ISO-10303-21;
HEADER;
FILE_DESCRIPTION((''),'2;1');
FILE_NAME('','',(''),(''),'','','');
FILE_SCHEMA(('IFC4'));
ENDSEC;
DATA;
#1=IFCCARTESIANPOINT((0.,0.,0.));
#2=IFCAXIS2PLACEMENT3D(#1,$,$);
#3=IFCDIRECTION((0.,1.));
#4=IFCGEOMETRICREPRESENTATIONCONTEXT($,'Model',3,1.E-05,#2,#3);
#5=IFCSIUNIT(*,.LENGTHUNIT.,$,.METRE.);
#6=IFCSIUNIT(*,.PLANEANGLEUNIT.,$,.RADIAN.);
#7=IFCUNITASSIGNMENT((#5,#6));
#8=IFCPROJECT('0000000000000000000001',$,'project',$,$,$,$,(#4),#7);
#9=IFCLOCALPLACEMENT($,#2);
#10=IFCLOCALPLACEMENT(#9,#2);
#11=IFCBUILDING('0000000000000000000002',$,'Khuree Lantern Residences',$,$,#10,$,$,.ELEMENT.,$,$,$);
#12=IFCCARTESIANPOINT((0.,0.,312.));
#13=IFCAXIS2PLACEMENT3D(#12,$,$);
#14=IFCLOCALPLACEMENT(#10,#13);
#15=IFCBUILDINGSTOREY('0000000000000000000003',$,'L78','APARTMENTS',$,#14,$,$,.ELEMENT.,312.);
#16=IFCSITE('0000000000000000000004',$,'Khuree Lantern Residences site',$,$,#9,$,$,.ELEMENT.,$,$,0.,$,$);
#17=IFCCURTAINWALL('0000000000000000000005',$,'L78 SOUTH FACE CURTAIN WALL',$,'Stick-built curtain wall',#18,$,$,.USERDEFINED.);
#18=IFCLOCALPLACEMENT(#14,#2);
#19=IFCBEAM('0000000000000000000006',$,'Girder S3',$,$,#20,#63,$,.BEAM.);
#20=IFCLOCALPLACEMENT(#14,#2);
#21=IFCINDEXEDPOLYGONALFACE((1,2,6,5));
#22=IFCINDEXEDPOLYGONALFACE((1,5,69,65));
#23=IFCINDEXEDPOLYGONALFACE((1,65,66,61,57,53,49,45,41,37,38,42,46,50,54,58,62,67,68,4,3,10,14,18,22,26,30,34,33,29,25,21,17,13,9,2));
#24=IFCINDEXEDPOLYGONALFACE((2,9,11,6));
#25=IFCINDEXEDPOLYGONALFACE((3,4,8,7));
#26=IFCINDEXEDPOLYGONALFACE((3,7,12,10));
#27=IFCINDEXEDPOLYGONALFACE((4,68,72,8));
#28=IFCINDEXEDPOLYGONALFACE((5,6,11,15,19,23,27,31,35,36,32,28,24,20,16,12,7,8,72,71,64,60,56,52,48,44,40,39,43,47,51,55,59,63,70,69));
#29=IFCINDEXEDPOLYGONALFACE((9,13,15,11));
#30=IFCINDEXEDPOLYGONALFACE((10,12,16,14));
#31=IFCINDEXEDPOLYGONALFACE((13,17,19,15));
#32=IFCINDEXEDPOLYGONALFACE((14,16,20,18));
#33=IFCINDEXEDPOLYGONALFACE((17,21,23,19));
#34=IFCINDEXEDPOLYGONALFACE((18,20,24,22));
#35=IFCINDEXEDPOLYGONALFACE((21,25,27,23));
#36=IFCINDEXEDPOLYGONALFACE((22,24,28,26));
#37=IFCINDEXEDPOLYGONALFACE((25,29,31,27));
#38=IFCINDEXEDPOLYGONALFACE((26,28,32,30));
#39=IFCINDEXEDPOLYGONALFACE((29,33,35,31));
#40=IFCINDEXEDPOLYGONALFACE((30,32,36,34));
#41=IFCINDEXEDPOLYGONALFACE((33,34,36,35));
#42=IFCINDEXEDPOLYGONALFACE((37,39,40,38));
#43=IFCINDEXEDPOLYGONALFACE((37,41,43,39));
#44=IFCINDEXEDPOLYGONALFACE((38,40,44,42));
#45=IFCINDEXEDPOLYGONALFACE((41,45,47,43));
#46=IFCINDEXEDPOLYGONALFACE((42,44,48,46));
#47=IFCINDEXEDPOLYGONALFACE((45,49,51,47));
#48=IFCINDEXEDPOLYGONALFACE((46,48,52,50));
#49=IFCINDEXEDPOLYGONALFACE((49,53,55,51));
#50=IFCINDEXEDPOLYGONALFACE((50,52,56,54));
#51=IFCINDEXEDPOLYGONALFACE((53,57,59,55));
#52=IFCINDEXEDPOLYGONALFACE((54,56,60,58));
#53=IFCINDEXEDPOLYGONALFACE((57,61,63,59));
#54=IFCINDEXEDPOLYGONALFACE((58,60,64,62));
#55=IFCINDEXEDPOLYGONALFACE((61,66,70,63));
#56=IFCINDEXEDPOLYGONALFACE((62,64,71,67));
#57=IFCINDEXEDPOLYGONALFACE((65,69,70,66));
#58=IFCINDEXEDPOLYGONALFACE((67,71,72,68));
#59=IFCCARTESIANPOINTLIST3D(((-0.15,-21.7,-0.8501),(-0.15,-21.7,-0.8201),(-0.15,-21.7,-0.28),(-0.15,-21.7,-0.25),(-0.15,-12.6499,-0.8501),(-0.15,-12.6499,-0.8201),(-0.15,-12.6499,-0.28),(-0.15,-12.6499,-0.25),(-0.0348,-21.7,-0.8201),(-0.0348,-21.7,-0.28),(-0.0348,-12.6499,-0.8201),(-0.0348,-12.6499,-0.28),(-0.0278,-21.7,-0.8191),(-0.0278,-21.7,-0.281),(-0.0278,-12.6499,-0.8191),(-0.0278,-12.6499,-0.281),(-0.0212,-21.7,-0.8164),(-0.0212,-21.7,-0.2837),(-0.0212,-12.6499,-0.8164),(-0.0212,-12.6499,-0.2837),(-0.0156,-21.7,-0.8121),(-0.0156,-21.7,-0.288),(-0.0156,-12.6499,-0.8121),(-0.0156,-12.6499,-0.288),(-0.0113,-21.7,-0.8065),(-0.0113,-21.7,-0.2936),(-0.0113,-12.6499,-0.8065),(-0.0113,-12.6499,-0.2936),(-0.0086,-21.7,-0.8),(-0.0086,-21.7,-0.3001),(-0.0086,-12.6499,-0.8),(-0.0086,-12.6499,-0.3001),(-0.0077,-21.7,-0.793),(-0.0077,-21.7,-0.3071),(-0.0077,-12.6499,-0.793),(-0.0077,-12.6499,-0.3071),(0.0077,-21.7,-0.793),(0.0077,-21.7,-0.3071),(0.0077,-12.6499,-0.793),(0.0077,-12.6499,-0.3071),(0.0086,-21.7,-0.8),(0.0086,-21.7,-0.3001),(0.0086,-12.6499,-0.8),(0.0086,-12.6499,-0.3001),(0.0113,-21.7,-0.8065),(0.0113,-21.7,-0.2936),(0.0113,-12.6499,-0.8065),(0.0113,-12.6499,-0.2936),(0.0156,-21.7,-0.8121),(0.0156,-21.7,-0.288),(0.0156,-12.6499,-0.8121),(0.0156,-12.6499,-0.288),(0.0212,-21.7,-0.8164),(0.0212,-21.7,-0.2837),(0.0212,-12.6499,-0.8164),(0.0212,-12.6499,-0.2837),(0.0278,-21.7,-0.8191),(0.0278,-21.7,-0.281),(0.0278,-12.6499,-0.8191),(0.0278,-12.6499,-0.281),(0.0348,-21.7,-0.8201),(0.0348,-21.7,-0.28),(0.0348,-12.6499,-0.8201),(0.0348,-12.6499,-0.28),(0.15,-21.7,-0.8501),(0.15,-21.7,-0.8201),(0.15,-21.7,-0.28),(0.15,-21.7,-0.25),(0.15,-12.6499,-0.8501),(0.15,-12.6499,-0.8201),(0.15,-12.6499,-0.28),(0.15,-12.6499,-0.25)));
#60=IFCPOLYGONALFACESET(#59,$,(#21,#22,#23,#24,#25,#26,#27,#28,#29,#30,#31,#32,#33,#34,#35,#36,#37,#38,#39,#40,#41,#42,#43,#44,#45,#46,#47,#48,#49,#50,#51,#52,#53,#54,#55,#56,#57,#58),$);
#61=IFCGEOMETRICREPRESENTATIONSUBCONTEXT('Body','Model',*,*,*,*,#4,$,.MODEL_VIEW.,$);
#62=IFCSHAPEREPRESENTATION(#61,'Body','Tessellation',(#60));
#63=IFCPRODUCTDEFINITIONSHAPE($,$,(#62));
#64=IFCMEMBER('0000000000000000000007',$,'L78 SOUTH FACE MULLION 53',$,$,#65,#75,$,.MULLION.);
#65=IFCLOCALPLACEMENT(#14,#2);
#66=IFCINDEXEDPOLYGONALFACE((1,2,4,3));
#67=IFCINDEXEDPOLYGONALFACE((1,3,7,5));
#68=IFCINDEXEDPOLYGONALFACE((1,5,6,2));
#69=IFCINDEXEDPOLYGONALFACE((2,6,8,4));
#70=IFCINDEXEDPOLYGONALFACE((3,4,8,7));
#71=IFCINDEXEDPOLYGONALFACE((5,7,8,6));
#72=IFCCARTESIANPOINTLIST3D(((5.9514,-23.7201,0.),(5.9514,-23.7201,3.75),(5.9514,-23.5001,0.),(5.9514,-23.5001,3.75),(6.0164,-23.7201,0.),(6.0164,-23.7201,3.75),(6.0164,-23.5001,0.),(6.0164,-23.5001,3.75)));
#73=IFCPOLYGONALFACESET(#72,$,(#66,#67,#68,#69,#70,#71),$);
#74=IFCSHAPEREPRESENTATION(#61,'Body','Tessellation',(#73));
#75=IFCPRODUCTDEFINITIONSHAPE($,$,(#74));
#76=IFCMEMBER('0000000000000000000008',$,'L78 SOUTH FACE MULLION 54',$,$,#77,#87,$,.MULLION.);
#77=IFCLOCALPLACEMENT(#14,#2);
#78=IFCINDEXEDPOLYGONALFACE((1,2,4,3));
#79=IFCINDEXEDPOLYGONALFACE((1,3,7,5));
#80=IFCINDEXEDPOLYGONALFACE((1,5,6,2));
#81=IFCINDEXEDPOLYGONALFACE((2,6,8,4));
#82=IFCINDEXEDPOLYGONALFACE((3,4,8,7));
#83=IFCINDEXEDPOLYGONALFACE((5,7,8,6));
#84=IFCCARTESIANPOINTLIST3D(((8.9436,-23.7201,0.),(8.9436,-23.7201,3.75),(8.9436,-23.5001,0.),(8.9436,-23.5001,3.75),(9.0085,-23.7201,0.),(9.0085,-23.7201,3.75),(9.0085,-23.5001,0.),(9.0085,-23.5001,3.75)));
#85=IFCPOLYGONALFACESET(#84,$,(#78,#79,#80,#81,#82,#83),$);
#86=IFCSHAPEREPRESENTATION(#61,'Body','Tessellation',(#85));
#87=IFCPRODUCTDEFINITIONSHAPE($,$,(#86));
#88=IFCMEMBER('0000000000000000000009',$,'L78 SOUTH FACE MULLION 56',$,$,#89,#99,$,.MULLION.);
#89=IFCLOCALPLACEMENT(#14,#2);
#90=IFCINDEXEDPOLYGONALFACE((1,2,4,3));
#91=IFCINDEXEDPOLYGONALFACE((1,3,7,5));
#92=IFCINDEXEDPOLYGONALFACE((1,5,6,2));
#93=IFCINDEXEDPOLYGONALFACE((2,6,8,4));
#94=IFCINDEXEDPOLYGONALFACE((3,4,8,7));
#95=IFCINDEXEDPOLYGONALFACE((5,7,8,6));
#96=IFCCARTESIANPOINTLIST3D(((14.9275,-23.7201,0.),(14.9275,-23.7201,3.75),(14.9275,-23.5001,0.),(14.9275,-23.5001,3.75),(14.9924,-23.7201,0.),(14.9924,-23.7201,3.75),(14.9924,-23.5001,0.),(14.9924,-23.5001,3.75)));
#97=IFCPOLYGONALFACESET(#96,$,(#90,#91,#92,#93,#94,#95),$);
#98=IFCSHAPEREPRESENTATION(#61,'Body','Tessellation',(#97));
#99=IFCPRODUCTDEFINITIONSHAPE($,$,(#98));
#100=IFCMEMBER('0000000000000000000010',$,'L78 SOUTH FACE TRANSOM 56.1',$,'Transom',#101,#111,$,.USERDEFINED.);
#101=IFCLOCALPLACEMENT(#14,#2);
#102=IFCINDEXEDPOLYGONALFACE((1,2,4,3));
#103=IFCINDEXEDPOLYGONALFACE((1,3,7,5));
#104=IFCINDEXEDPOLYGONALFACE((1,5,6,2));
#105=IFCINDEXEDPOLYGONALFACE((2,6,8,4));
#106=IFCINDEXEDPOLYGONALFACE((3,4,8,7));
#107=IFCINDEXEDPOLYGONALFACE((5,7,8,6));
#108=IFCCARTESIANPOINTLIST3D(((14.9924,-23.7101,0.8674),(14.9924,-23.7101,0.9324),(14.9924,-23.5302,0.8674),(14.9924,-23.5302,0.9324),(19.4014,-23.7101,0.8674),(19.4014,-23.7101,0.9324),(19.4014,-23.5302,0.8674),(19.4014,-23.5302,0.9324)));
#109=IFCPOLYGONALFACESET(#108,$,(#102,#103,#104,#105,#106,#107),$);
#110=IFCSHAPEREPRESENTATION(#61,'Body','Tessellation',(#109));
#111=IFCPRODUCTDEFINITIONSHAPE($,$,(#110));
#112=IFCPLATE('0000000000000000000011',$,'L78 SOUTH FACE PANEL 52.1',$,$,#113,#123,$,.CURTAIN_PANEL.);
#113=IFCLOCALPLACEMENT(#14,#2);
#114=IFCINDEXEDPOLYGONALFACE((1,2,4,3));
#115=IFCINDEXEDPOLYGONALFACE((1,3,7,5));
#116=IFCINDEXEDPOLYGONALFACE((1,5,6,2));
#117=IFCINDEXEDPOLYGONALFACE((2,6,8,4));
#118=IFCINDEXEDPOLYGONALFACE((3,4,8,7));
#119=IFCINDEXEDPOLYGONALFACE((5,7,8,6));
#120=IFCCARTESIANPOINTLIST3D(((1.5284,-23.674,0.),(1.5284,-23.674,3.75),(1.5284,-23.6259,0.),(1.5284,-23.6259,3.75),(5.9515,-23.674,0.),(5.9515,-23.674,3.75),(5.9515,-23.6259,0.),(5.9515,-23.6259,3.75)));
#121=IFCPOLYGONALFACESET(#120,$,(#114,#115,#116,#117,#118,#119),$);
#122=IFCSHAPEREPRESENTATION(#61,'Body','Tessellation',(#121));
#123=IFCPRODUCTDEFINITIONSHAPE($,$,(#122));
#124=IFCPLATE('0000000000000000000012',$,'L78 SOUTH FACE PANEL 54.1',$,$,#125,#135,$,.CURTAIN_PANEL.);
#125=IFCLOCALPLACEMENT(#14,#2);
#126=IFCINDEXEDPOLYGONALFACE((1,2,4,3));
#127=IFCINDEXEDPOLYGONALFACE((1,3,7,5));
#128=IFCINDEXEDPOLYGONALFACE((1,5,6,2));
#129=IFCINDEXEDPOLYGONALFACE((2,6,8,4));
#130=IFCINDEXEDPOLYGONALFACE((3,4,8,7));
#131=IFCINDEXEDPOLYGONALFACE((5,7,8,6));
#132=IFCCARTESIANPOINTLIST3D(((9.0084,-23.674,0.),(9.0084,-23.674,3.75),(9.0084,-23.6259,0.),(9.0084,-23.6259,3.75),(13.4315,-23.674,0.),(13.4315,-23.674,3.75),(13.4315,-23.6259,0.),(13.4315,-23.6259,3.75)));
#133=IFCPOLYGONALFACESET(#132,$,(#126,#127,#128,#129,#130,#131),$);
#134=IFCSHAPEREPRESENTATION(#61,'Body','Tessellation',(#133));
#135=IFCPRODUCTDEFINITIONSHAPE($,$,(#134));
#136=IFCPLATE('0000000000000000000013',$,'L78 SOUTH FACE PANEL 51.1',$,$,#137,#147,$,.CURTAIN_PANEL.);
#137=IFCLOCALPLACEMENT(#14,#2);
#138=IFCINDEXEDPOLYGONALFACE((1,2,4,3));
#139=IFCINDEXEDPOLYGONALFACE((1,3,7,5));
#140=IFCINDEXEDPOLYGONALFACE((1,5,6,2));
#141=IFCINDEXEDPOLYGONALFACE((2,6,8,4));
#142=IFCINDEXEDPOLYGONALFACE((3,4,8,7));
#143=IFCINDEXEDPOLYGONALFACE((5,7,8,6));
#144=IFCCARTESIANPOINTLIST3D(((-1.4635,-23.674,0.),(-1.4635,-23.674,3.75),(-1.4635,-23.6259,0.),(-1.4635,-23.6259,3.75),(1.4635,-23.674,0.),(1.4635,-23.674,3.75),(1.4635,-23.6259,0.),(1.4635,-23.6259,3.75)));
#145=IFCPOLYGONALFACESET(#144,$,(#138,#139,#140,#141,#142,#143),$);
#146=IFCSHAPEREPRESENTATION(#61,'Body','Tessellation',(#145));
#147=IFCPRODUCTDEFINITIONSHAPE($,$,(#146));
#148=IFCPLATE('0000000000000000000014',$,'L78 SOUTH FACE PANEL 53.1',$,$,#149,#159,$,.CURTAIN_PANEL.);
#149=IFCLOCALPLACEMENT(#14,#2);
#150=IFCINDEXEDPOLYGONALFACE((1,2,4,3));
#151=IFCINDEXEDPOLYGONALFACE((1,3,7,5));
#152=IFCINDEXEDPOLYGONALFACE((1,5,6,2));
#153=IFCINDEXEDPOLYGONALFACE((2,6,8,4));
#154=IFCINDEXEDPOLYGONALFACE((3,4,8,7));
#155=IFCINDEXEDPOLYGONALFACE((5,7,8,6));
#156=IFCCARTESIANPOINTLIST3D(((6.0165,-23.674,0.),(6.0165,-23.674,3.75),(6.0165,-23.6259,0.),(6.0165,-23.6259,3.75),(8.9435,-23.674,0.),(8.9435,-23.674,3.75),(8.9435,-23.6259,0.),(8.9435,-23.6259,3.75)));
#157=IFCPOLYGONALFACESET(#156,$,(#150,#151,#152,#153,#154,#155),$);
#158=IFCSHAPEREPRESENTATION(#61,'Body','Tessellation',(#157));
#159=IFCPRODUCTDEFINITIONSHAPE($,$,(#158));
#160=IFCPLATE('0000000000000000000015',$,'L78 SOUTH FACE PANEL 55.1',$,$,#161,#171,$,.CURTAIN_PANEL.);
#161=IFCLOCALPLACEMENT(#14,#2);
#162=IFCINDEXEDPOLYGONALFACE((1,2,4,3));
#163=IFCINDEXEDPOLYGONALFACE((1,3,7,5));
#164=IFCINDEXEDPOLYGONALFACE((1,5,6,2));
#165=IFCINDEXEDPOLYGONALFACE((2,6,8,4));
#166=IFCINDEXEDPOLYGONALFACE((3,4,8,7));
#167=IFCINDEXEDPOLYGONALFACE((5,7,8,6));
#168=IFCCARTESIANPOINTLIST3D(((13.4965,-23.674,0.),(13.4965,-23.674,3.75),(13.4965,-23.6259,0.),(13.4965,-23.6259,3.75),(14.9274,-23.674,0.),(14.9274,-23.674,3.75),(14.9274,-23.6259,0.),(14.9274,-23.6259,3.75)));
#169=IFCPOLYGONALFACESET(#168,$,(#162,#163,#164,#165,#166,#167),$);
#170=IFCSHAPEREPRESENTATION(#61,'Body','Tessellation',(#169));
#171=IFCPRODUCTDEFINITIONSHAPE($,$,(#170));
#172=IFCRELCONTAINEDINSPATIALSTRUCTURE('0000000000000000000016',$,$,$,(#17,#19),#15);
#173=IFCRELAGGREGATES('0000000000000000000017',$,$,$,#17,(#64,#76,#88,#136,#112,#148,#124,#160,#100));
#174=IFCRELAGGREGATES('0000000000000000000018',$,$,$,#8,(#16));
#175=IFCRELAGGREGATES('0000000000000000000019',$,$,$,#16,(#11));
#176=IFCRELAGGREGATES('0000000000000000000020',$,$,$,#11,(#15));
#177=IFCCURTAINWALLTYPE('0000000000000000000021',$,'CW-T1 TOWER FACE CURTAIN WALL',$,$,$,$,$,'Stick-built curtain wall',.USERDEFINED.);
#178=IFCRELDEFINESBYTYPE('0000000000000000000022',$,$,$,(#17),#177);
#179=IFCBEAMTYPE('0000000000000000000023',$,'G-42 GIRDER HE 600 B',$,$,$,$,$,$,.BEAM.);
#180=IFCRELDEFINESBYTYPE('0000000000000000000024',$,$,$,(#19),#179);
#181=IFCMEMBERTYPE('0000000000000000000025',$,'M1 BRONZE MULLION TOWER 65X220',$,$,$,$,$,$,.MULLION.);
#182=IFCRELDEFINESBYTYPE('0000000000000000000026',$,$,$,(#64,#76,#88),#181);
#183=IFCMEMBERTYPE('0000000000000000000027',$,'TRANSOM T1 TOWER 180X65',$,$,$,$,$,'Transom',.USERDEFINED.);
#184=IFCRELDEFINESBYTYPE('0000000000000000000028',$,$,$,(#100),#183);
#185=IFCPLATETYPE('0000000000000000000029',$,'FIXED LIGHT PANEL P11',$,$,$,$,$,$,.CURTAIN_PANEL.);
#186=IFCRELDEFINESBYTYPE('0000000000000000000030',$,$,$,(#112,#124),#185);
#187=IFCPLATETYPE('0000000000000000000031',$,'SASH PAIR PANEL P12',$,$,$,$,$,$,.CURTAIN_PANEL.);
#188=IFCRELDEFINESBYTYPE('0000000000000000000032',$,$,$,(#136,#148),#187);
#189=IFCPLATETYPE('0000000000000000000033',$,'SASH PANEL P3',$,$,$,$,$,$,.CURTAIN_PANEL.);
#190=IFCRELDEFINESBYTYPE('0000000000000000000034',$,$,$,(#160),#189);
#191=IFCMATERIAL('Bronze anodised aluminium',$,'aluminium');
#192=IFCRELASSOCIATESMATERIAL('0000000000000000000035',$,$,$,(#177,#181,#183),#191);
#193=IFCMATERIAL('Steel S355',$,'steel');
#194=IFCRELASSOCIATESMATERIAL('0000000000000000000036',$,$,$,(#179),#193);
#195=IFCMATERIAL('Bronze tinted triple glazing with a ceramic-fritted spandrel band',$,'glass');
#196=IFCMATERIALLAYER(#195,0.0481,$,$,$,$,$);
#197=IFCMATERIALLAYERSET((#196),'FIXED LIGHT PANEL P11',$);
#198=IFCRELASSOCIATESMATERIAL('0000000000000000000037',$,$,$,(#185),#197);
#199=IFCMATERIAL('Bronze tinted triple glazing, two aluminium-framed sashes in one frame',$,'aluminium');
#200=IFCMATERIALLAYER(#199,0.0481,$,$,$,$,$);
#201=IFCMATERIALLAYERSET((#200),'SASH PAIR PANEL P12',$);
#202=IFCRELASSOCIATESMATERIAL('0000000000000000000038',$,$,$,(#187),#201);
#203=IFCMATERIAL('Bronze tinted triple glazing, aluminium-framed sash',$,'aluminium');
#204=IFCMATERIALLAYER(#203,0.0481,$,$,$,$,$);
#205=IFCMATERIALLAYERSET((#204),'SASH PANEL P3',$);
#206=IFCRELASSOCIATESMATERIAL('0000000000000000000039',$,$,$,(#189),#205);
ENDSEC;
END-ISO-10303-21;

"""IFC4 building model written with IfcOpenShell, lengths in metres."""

from ifc_helpers import new_model, si_unit, direction, frame, origin, origin_2d, place, context, subcontext, project, spatial, rectangle, i_section, extrude, material, layer, layer_set, material_profile, profile_set, type_object, element, aggregate, save


model = new_model("IFC4")

# Units and contexts
model_context = context("Model", 3, precision=1e-05, world=origin(), true_north=direction((0.0, 1.0)))
body_context = subcontext(model_context, "Body", "Model", "MODEL_VIEW")
ifc_project = project(units=[si_unit("LENGTHUNIT", "METRE"), si_unit("PLANEANGLEUNIT", "RADIAN")], contexts=[model_context])

# Site, building, storey
site_placement = place(None, origin())
site = spatial("IfcSite", under=ifc_project, at=site_placement, Name="Khuree Lantern Residences site", CompositionType="ELEMENT", RefElevation=0.0)
building_placement = place(site_placement, origin())
building = spatial("IfcBuilding", under=site, at=building_placement, Name="Khuree Lantern Residences", CompositionType="ELEMENT")
storey_placement = place(building_placement, frame((0.0, 0.0, 312.0)))
storey = spatial("IfcBuildingStorey", under=building, at=storey_placement, Name="L78", Description="APARTMENTS", CompositionType="ELEMENT", Elevation=312.0)

# Shared definitions
ifc_material_1 = material(Name="Steel S355", Category="steel")

# Curtain wall
ifc_material_2 = material(Name="Bronze anodised aluminium", Category="aluminium")
curtain_wall_type = type_object("IfcCurtainWallType", Name="CW-T1 TOWER FACE CURTAIN WALL", ElementType="Stick-built curtain wall", PredefinedType="USERDEFINED", material=ifc_material_2)
curtain_wall_placement = place(storey_placement, origin())
curtain_wall = element("IfcCurtainWall", 1, at=curtain_wall_placement, inside=storey, type_object=curtain_wall_type, Name="L78 SOUTH FACE CURTAIN WALL", ObjectType="Stick-built curtain wall", PredefinedType="USERDEFINED")

# Beam
ifc_material_profile_1 = material_profile(ifc_material_1, i_section(OverallWidth=0.3, OverallDepth=0.6001, WebThickness=0.0154, FlangeThickness=0.03, FilletRadius=0.0271, at=origin_2d()), Name="HE 600 B")
ifc_profile_set_1 = profile_set([ifc_material_profile_1], Name="Steel S355")
beam_type_1 = type_object("IfcBeamType", Name="G-42 GIRDER HE 600 B", PredefinedType="BEAM", material=ifc_profile_set_1)
for number, where, z_axis, x_axis, name in (
    (2, (0.0, -21.7, -0.55), (0.0, 1.0, 0.0), (-1.0, 0.0, 0.0), "Girder S3"),
):
    element("IfcBeam", number, at=place(storey_placement, frame(where, z_axis=z_axis, x_axis=x_axis)), inside=storey, type_object=beam_type_1, Name=name, PredefinedType="BEAM", context=body_context, shape_type="SweptSolid", body=[
        extrude(i_section(OverallWidth=0.3, OverallDepth=0.6001, WebThickness=0.0154, FlangeThickness=0.03, FilletRadius=0.0271, at=origin_2d()), origin(), (0.0, 0.0, 1.0), 9.05),
    ])

# Members
ifc_material_profile_2 = material_profile(ifc_material_2, rectangle(XDim=0.0649, YDim=0.22, at=origin_2d()), Name="M1 65X220")
ifc_profile_set_2 = profile_set([ifc_material_profile_2], Name="Bronze anodised aluminium")
member_type_1 = type_object("IfcMemberType", Name="M1 BRONZE MULLION TOWER 65X220", PredefinedType="MULLION", material=ifc_profile_set_2)
member_1_placement = place(storey_placement, frame((5.9839, -23.6101, 0.0), z_axis=(0.0, 0.0, 1.0), x_axis=(1.0, 0.0, 0.0)))
member_1 = element("IfcMember", 3, at=member_1_placement, type_object=member_type_1, Name="L78 SOUTH FACE MULLION 53", PredefinedType="MULLION", context=body_context, shape_type="SweptSolid", body=[
    extrude(rectangle(XDim=0.0649, YDim=0.22, at=origin_2d()), origin(), (0.0, 0.0, 1.0), 3.75),
])
member_2_placement = place(storey_placement, frame((8.9761, -23.6101, 0.0), z_axis=(0.0, 0.0, 1.0), x_axis=(1.0, 0.0, 0.0)))
member_2 = element("IfcMember", 4, at=member_2_placement, type_object=member_type_1, Name="L78 SOUTH FACE MULLION 54", PredefinedType="MULLION", context=body_context, shape_type="SweptSolid", body=[
    extrude(rectangle(XDim=0.0649, YDim=0.22, at=origin_2d()), origin(), (0.0, 0.0, 1.0), 3.75),
])
member_3_placement = place(storey_placement, frame((14.96, -23.6101, 0.0), z_axis=(0.0, 0.0, 1.0), x_axis=(1.0, 0.0, 0.0)))
member_3 = element("IfcMember", 5, at=member_3_placement, type_object=member_type_1, Name="L78 SOUTH FACE MULLION 56", PredefinedType="MULLION", context=body_context, shape_type="SweptSolid", body=[
    extrude(rectangle(XDim=0.0649, YDim=0.22, at=origin_2d()), origin(), (0.0, 0.0, 1.0), 3.75),
])
ifc_material_profile_3 = material_profile(ifc_material_2, rectangle(XDim=0.1799, YDim=0.0649, at=origin_2d()), Name="T1 180X65")
ifc_profile_set_3 = profile_set([ifc_material_profile_3], Name="Bronze anodised aluminium")
member_type_2 = type_object("IfcMemberType", Name="TRANSOM T1 TOWER 180X65", ElementType="Transom", PredefinedType="USERDEFINED", material=ifc_profile_set_3)
member_4_placement = place(storey_placement, frame((14.9924, -23.6201, 0.8999), z_axis=(1.0, 0.0, 0.0), x_axis=(0.0, 1.0, 0.0)))
member_4 = element("IfcMember", 6, at=member_4_placement, type_object=member_type_2, Name="L78 SOUTH FACE TRANSOM 56.1", ObjectType="Transom", PredefinedType="USERDEFINED", context=body_context, shape_type="SweptSolid", body=[
    extrude(rectangle(XDim=0.1799, YDim=0.0649, at=origin_2d()), origin(), (0.0, 0.0, 1.0), 4.4089),
])

# Plates
ifc_material_3 = material(Name="Bronze tinted triple glazing with a ceramic-fritted spandrel band", Category="glass")
ifc_layer_1 = layer(ifc_material_3, 0.0481)
ifc_layer_set_1 = layer_set([ifc_layer_1], Name="FIXED LIGHT PANEL P11")
plate_type_1 = type_object("IfcPlateType", Name="FIXED LIGHT PANEL P11", PredefinedType="CURTAIN_PANEL", material=ifc_layer_set_1)
plate_1_placement = place(storey_placement, frame((3.74, -23.6499, 0.0), z_axis=(0.0, 0.0, 1.0), x_axis=(1.0, 0.0, 0.0)))
plate_1 = element("IfcPlate", 7, at=plate_1_placement, type_object=plate_type_1, Name="L78 SOUTH FACE PANEL 52.1", PredefinedType="CURTAIN_PANEL", context=body_context, shape_type="SweptSolid", body=[
    extrude(rectangle(XDim=4.4231, YDim=0.0481, at=origin_2d()), origin(), (0.0, 0.0, 1.0), 3.75),
])
plate_2_placement = place(storey_placement, frame((11.22, -23.6499, 0.0), z_axis=(0.0, 0.0, 1.0), x_axis=(1.0, 0.0, 0.0)))
plate_2 = element("IfcPlate", 8, at=plate_2_placement, type_object=plate_type_1, Name="L78 SOUTH FACE PANEL 54.1", PredefinedType="CURTAIN_PANEL", context=body_context, shape_type="SweptSolid", body=[
    extrude(rectangle(XDim=4.4231, YDim=0.0481, at=origin_2d()), origin(), (0.0, 0.0, 1.0), 3.75),
])
ifc_material_4 = material(Name="Bronze tinted triple glazing, two aluminium-framed sashes in one frame", Category="aluminium")
ifc_layer_2 = layer(ifc_material_4, 0.0481)
ifc_layer_set_2 = layer_set([ifc_layer_2], Name="SASH PAIR PANEL P12")
plate_type_2 = type_object("IfcPlateType", Name="SASH PAIR PANEL P12", PredefinedType="CURTAIN_PANEL", material=ifc_layer_set_2)
plate_3_placement = place(storey_placement, frame((0.0, -23.6499, 0.0), z_axis=(0.0, 0.0, 1.0), x_axis=(1.0, 0.0, 0.0)))
plate_3 = element("IfcPlate", 9, at=plate_3_placement, type_object=plate_type_2, Name="L78 SOUTH FACE PANEL 51.1", PredefinedType="CURTAIN_PANEL", context=body_context, shape_type="SweptSolid", body=[
    extrude(rectangle(XDim=2.927, YDim=0.0481, at=origin_2d()), origin(), (0.0, 0.0, 1.0), 3.75),
])
plate_4_placement = place(storey_placement, frame((7.48, -23.6499, 0.0), z_axis=(0.0, 0.0, 1.0), x_axis=(1.0, 0.0, 0.0)))
plate_4 = element("IfcPlate", 10, at=plate_4_placement, type_object=plate_type_2, Name="L78 SOUTH FACE PANEL 53.1", PredefinedType="CURTAIN_PANEL", context=body_context, shape_type="SweptSolid", body=[
    extrude(rectangle(XDim=2.927, YDim=0.0481, at=origin_2d()), origin(), (0.0, 0.0, 1.0), 3.75),
])
ifc_material_5 = material(Name="Bronze tinted triple glazing, aluminium-framed sash", Category="aluminium")
ifc_layer_3 = layer(ifc_material_5, 0.0481)
ifc_layer_set_3 = layer_set([ifc_layer_3], Name="SASH PANEL P3")
plate_type_3 = type_object("IfcPlateType", Name="SASH PANEL P3", PredefinedType="CURTAIN_PANEL", material=ifc_layer_set_3)
plate_5_placement = place(storey_placement, frame((14.2119, -23.6499, 0.0), z_axis=(0.0, 0.0, 1.0), x_axis=(1.0, 0.0, 0.0)))
plate_5 = element("IfcPlate", 11, at=plate_5_placement, type_object=plate_type_3, Name="L78 SOUTH FACE PANEL 55.1", PredefinedType="CURTAIN_PANEL", context=body_context, shape_type="SweptSolid", body=[
    extrude(rectangle(XDim=1.4309, YDim=0.0481, at=origin_2d()), origin(), (0.0, 0.0, 1.0), 3.75),
])
aggregate(curtain_wall, [member_1, member_2, member_3, plate_3, plate_1, plate_4, plate_2, plate_5, member_4])

save(model, "model.ifc")
